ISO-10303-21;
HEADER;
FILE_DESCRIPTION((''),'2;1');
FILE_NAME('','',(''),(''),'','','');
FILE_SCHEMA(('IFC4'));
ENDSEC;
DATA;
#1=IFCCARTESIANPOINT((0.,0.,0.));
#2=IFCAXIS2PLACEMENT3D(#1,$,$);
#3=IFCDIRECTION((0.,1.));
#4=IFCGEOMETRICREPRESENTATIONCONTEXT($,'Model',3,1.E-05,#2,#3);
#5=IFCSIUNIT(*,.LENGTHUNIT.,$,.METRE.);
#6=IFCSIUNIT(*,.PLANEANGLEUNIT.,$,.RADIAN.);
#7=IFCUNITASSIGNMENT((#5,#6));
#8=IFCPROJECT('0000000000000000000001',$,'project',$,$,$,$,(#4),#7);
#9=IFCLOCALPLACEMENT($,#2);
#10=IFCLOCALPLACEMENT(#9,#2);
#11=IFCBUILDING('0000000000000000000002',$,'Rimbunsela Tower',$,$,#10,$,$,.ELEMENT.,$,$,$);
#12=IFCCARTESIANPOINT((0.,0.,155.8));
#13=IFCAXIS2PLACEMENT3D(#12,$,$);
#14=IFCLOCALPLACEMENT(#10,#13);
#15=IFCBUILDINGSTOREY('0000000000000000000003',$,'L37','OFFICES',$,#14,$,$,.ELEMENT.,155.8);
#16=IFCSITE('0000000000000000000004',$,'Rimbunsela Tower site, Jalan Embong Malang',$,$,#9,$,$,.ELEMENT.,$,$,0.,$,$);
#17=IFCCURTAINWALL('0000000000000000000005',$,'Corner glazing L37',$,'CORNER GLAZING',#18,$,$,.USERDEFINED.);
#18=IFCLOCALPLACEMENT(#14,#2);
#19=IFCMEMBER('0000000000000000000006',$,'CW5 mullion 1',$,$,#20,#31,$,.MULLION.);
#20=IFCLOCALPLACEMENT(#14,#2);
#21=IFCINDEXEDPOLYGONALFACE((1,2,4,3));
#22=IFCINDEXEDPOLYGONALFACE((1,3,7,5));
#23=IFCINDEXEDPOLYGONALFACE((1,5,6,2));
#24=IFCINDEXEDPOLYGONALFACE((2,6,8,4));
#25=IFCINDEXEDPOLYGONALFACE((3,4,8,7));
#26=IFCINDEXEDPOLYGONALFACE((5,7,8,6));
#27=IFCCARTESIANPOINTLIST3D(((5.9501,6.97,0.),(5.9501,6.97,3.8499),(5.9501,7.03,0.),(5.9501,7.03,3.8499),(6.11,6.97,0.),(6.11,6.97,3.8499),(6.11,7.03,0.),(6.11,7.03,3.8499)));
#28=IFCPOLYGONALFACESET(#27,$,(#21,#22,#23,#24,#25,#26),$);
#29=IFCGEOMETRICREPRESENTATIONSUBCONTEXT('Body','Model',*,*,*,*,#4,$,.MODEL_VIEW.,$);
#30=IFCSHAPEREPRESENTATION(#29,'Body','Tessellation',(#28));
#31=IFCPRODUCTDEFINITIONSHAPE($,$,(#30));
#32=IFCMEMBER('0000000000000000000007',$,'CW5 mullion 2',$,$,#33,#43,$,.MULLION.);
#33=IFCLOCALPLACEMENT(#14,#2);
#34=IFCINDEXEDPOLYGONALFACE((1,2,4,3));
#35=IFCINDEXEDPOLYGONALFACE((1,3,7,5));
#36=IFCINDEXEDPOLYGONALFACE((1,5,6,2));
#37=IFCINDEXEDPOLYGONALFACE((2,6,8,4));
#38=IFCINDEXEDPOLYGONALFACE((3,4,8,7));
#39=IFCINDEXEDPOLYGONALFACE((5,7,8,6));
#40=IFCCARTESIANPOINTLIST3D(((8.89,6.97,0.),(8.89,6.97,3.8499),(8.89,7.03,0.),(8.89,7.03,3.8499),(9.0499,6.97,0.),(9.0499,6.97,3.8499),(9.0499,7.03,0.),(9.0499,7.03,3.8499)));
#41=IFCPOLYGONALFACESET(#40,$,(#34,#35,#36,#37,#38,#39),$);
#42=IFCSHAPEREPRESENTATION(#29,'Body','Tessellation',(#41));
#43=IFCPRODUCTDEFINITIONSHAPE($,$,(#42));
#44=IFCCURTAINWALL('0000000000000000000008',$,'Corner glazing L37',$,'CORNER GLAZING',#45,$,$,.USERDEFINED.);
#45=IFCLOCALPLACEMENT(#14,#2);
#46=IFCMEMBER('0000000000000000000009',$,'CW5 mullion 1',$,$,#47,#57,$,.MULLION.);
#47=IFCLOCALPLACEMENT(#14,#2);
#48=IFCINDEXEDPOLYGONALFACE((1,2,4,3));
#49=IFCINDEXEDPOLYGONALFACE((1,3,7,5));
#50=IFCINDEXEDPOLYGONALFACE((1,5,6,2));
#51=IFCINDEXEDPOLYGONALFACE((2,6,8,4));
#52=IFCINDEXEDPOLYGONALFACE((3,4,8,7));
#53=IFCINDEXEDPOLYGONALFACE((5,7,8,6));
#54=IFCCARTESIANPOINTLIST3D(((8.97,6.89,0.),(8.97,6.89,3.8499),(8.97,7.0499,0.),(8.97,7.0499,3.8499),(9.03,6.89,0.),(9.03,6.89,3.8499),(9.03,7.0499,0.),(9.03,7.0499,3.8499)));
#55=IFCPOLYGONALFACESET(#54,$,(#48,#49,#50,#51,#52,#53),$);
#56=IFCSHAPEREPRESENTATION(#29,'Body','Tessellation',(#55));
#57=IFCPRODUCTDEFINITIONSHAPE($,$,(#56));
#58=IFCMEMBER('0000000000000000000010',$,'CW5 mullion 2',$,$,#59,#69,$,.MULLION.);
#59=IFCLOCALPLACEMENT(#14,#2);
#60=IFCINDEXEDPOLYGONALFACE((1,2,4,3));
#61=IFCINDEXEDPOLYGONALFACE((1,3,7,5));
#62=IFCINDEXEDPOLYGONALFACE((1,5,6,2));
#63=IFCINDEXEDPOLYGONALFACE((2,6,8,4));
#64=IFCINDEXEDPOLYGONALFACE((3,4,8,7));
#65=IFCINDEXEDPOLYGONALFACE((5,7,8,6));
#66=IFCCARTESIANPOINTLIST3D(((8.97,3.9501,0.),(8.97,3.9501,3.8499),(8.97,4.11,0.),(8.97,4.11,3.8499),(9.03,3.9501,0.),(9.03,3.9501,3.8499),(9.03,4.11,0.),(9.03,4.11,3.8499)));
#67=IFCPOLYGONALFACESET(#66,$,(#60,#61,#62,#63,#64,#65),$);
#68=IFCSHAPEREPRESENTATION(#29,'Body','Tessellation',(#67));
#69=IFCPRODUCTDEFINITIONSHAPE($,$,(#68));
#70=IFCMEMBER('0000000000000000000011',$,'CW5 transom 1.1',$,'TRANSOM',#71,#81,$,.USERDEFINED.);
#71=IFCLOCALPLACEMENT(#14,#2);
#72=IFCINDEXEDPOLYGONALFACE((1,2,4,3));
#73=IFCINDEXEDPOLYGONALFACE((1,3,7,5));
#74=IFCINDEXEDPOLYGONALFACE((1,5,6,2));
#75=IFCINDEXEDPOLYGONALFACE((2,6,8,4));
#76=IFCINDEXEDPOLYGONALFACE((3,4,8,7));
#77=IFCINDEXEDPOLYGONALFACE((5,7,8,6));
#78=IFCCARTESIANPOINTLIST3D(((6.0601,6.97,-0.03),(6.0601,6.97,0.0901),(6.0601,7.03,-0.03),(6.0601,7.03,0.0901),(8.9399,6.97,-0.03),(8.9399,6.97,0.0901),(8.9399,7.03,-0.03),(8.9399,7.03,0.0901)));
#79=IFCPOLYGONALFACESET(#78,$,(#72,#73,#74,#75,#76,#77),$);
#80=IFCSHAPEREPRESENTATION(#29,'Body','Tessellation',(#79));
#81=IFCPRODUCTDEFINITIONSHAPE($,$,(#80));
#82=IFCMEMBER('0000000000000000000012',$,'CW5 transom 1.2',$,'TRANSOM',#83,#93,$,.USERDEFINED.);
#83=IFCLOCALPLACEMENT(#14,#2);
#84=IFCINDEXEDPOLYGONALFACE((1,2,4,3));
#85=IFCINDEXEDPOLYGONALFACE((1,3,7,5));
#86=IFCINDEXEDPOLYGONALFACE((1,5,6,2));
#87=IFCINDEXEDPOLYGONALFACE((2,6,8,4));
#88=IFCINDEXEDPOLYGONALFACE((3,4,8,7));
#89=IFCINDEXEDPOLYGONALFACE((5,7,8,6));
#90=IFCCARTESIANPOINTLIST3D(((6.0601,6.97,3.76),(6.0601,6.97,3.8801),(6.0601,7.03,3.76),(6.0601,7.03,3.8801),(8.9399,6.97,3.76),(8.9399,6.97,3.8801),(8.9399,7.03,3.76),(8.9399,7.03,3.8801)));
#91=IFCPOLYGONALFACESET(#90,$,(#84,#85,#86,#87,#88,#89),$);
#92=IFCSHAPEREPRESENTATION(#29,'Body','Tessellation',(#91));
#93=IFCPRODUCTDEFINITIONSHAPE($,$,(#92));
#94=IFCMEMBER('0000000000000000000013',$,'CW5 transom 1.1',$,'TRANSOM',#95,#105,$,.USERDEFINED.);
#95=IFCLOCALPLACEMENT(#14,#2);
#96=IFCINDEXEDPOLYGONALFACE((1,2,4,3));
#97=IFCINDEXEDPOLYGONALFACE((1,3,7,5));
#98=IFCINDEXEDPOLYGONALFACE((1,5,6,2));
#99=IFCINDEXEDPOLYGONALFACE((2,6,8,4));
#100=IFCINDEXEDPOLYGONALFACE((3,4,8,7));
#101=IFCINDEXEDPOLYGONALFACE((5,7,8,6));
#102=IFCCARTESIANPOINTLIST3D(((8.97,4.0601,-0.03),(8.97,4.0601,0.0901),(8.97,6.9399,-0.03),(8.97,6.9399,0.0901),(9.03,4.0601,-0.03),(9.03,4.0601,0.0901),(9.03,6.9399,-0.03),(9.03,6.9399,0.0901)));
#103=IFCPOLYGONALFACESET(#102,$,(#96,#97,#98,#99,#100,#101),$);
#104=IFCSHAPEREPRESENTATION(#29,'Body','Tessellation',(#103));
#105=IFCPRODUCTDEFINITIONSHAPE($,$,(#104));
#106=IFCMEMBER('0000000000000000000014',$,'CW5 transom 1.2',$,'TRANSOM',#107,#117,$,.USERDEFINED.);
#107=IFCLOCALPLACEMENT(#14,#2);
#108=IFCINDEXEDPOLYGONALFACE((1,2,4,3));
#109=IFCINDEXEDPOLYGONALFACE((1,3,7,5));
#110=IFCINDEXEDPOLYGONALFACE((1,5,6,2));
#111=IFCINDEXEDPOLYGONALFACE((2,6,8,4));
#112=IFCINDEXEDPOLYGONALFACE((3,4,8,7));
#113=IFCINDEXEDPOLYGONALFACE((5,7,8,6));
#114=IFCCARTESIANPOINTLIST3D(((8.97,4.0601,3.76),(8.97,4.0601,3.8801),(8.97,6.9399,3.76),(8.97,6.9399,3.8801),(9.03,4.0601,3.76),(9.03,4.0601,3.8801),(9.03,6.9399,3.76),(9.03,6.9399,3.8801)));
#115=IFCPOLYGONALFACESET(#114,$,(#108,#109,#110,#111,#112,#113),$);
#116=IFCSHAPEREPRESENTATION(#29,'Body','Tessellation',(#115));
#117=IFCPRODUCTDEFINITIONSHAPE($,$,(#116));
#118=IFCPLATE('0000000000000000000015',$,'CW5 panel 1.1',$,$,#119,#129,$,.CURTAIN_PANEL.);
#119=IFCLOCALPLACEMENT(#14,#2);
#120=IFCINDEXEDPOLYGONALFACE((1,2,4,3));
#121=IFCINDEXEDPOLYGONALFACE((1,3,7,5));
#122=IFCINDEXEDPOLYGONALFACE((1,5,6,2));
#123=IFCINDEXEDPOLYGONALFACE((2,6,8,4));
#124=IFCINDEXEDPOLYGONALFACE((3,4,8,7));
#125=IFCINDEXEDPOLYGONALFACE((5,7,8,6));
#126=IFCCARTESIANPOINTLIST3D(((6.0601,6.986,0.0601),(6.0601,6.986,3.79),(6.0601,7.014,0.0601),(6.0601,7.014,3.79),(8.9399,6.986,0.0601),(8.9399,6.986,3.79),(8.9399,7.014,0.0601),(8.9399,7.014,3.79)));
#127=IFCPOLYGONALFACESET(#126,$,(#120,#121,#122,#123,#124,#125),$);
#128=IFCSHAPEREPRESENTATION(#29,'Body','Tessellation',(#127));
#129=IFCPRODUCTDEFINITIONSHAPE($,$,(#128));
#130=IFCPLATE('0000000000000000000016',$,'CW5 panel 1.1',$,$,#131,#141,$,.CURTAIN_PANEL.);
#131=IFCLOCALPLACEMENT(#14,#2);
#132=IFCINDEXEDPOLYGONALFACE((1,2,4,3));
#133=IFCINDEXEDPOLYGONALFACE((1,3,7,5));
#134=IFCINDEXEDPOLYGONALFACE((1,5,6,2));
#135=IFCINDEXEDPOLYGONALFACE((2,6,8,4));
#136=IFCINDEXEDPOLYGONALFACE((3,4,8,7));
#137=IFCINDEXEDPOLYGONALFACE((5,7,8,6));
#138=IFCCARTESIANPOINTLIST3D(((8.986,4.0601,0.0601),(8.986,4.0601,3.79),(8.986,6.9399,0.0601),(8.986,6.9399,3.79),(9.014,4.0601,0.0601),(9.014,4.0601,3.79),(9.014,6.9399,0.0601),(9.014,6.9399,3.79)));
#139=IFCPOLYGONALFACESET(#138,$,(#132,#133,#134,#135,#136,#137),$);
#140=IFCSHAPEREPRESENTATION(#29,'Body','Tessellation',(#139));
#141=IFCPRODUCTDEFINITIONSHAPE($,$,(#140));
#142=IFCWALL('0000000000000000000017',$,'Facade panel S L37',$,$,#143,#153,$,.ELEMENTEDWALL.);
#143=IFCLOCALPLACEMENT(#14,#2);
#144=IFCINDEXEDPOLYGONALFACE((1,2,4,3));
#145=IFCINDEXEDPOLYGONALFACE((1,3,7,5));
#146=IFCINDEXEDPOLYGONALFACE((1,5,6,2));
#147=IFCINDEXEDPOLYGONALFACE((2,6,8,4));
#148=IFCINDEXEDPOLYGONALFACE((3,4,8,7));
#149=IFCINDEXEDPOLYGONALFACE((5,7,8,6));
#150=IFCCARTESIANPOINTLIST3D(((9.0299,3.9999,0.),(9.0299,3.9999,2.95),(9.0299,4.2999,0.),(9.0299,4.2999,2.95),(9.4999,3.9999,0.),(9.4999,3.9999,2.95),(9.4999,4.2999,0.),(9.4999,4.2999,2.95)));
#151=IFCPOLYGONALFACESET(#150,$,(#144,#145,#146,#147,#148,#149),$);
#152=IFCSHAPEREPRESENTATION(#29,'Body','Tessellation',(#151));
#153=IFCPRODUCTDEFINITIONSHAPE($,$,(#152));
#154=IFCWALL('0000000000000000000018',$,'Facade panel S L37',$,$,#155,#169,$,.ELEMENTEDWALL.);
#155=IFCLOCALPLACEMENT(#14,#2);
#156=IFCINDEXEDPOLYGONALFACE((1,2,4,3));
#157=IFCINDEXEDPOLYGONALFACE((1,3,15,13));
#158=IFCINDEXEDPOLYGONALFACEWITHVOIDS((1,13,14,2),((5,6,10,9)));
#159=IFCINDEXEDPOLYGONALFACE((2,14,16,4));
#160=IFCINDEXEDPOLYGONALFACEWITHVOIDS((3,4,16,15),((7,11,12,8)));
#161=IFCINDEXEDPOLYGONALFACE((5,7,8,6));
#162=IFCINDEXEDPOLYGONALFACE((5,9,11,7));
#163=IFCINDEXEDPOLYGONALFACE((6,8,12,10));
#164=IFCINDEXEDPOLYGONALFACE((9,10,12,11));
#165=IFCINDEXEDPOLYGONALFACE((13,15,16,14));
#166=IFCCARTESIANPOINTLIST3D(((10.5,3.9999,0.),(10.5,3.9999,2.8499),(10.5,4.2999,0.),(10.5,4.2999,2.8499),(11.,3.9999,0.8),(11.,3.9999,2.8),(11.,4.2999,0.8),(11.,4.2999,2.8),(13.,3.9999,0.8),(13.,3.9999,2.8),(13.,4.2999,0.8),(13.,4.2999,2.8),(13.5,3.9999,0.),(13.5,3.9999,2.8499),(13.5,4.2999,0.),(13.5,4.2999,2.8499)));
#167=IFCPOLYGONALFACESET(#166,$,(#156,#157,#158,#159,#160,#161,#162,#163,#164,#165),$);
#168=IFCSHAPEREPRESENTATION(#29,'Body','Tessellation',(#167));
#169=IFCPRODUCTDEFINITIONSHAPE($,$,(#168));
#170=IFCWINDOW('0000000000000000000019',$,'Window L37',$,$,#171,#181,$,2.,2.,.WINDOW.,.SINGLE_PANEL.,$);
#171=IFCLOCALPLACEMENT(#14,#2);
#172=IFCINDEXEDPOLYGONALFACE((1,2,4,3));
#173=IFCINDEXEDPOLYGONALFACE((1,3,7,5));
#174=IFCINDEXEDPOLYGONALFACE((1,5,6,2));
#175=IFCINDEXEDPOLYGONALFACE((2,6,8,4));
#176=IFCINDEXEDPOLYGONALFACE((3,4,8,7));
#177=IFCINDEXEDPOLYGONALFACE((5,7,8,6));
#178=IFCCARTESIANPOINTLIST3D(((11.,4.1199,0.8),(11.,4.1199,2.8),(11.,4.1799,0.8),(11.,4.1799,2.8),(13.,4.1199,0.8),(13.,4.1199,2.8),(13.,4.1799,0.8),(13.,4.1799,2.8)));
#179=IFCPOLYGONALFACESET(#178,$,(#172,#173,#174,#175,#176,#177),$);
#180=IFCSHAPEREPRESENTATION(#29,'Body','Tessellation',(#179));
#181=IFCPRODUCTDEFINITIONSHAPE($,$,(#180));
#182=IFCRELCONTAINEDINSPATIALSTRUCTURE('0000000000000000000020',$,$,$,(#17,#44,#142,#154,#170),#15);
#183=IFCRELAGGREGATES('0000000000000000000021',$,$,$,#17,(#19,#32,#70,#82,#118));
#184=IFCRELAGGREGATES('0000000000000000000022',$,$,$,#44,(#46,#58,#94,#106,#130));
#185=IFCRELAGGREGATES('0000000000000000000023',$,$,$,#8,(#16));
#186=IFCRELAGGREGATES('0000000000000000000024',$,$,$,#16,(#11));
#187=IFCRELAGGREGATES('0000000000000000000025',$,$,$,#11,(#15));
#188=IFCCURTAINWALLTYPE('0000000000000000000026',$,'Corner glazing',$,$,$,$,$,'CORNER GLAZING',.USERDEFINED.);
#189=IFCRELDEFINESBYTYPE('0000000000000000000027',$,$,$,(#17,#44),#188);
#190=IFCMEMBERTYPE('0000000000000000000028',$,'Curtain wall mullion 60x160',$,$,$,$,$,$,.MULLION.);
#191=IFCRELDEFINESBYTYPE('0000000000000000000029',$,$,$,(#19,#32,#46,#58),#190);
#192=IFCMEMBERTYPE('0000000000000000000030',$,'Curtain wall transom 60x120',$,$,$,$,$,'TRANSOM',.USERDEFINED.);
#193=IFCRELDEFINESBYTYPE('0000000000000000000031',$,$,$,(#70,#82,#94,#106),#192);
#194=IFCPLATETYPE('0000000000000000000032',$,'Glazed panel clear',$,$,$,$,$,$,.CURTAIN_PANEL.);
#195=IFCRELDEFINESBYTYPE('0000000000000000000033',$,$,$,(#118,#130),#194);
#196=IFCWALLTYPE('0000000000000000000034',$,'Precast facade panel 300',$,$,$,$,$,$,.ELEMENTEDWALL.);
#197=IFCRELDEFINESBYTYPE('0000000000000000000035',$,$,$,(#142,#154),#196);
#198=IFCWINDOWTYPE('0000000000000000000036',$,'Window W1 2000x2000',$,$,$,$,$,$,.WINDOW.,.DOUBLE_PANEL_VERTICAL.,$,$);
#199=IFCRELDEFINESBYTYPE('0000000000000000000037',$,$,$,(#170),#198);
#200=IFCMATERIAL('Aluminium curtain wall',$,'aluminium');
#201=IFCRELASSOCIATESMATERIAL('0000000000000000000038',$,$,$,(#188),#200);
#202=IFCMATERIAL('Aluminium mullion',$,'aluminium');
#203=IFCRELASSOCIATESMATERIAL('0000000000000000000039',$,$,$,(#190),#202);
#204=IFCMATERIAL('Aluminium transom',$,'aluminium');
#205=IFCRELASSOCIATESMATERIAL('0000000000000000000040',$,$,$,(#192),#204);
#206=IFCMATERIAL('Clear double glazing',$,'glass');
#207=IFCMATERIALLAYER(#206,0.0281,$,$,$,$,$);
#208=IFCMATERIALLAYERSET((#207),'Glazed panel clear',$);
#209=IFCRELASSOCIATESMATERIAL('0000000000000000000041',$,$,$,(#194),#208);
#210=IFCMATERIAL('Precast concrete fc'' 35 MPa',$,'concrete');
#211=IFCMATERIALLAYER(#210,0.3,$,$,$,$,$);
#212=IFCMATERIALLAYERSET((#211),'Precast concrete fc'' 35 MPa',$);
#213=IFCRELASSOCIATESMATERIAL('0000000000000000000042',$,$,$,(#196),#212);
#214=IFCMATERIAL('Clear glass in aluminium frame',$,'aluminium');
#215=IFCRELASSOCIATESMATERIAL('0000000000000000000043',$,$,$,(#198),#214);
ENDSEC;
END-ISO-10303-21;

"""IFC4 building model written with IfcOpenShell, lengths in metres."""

from ifc_helpers import new_model, si_unit, direction, frame, frame_2d, origin, origin_2d, place, context, subcontext, project, spatial, rectangle, extrude, material, layer, layer_set, material_profile, profile_set, type_object, element, fill, aggregate, save


model = new_model("IFC4")

# Units and contexts
model_context = context("Model", 3, precision=1e-05, world=origin(), true_north=direction((0.0, 1.0)))
body_context = subcontext(model_context, "Body", "Model", "MODEL_VIEW")
ifc_project = project(units=[si_unit("LENGTHUNIT", "METRE"), si_unit("PLANEANGLEUNIT", "RADIAN")], contexts=[model_context])

# Site, building, storey
site_placement = place(None, origin())
site = spatial("IfcSite", under=ifc_project, at=site_placement, Name="Rimbunsela Tower site, Jalan Embong Malang", CompositionType="ELEMENT", RefElevation=0.0)
building_placement = place(site_placement, origin())
building = spatial("IfcBuilding", under=site, at=building_placement, Name="Rimbunsela Tower", CompositionType="ELEMENT")
storey_placement = place(building_placement, frame((0.0, 0.0, 155.8)))
storey = spatial("IfcBuildingStorey", under=building, at=storey_placement, Name="L37", Description="OFFICES", CompositionType="ELEMENT", Elevation=155.8)

# Curtain walls, members
ifc_material_1 = material(Name="Aluminium curtain wall", Category="aluminium")
curtain_wall_type = type_object("IfcCurtainWallType", Name="Corner glazing", ElementType="CORNER GLAZING", PredefinedType="USERDEFINED", material=ifc_material_1)
curtain_wall_1_placement = place(storey_placement, origin())
curtain_wall_1 = element("IfcCurtainWall", 1, at=curtain_wall_1_placement, inside=storey, type_object=curtain_wall_type, Name="Corner glazing L37", ObjectType="CORNER GLAZING", PredefinedType="USERDEFINED")
ifc_material_2 = material(Name="Aluminium mullion", Category="aluminium")
ifc_material_profile_1 = material_profile(ifc_material_2, rectangle(XDim=0.0601, YDim=0.1599, at=origin_2d()), Name="Mullion 60x160")
ifc_profile_set_1 = profile_set([ifc_material_profile_1], Name="Aluminium mullion")
member_type_1 = type_object("IfcMemberType", Name="Curtain wall mullion 60x160", PredefinedType="MULLION", material=ifc_profile_set_1)
member_1_placement = place(storey_placement, frame((6.03, 7.0, 0.0), z_axis=(0.0, 0.0, 1.0), x_axis=(0.0, 1.0, 0.0)))
member_1 = element("IfcMember", 2, at=member_1_placement, type_object=member_type_1, Name="CW5 mullion 1", PredefinedType="MULLION", context=body_context, shape_type="SweptSolid", body=[
    extrude(rectangle(XDim=0.0601, YDim=0.1599, at=origin_2d()), origin(), (0.0, 0.0, 1.0), 3.8499),
])
member_2_placement = place(storey_placement, frame((8.97, 7.0, 0.0), z_axis=(0.0, 0.0, 1.0), x_axis=(0.0, 1.0, 0.0)))
member_2 = element("IfcMember", 3, at=member_2_placement, type_object=member_type_1, Name="CW5 mullion 2", PredefinedType="MULLION", context=body_context, shape_type="SweptSolid", body=[
    extrude(rectangle(XDim=0.0601, YDim=0.1599, at=origin_2d()), origin(), (0.0, 0.0, 1.0), 3.8499),
])
curtain_wall_2_placement = place(storey_placement, origin())
curtain_wall_2 = element("IfcCurtainWall", 4, at=curtain_wall_2_placement, inside=storey, type_object=curtain_wall_type, Name="Corner glazing L37", ObjectType="CORNER GLAZING", PredefinedType="USERDEFINED")
member_3_placement = place(storey_placement, frame((9.0, 6.97, 0.0), z_axis=(0.0, 0.0, 1.0), x_axis=(1.0, 0.0, 0.0)))
member_3 = element("IfcMember", 5, at=member_3_placement, type_object=member_type_1, Name="CW5 mullion 1", PredefinedType="MULLION", context=body_context, shape_type="SweptSolid", body=[
    extrude(rectangle(XDim=0.0601, YDim=0.1599, at=origin_2d()), origin(), (0.0, 0.0, 1.0), 3.8499),
])
member_4_placement = place(storey_placement, frame((9.0, 4.03, 0.0), z_axis=(0.0, 0.0, 1.0), x_axis=(1.0, 0.0, 0.0)))
member_4 = element("IfcMember", 6, at=member_4_placement, type_object=member_type_1, Name="CW5 mullion 2", PredefinedType="MULLION", context=body_context, shape_type="SweptSolid", body=[
    extrude(rectangle(XDim=0.0601, YDim=0.1599, at=origin_2d()), origin(), (0.0, 0.0, 1.0), 3.8499),
])

# Members
ifc_material_3 = material(Name="Aluminium transom", Category="aluminium")
ifc_material_profile_2 = material_profile(ifc_material_3, rectangle(XDim=0.0601, YDim=0.1201, at=origin_2d()), Name="Transom 60x120")
ifc_profile_set_2 = profile_set([ifc_material_profile_2], Name="Aluminium transom")
member_type_2 = type_object("IfcMemberType", Name="Curtain wall transom 60x120", ElementType="TRANSOM", PredefinedType="USERDEFINED", material=ifc_profile_set_2)
member_5_placement = place(storey_placement, frame((6.0601, 7.0, 0.03), z_axis=(1.0, 0.0, 0.0), x_axis=(0.0, 1.0, 0.0)))
member_5 = element("IfcMember", 7, at=member_5_placement, type_object=member_type_2, Name="CW5 transom 1.1", ObjectType="TRANSOM", PredefinedType="USERDEFINED", context=body_context, shape_type="SweptSolid", body=[
    extrude(rectangle(XDim=0.0601, YDim=0.1201, at=origin_2d()), origin(), (0.0, 0.0, 1.0), 2.8799),
])
member_6_placement = place(storey_placement, frame((6.0601, 7.0, 3.8201), z_axis=(1.0, 0.0, 0.0), x_axis=(0.0, 1.0, 0.0)))
member_6 = element("IfcMember", 8, at=member_6_placement, type_object=member_type_2, Name="CW5 transom 1.2", ObjectType="TRANSOM", PredefinedType="USERDEFINED", context=body_context, shape_type="SweptSolid", body=[
    extrude(rectangle(XDim=0.0601, YDim=0.1201, at=origin_2d()), origin(), (0.0, 0.0, 1.0), 2.8799),
])
member_7_placement = place(storey_placement, frame((9.0, 6.9399, 0.03), z_axis=(0.0, -1.0, 0.0), x_axis=(1.0, 0.0, 0.0)))
member_7 = element("IfcMember", 9, at=member_7_placement, type_object=member_type_2, Name="CW5 transom 1.1", ObjectType="TRANSOM", PredefinedType="USERDEFINED", context=body_context, shape_type="SweptSolid", body=[
    extrude(rectangle(XDim=0.0601, YDim=0.1201, at=origin_2d()), origin(), (0.0, 0.0, 1.0), 2.8799),
])
member_8_placement = place(storey_placement, frame((9.0, 6.9399, 3.8201), z_axis=(0.0, -1.0, 0.0), x_axis=(1.0, 0.0, 0.0)))
member_8 = element("IfcMember", 10, at=member_8_placement, type_object=member_type_2, Name="CW5 transom 1.2", ObjectType="TRANSOM", PredefinedType="USERDEFINED", context=body_context, shape_type="SweptSolid", body=[
    extrude(rectangle(XDim=0.0601, YDim=0.1201, at=origin_2d()), origin(), (0.0, 0.0, 1.0), 2.8799),
])

# Plates
ifc_material_4 = material(Name="Clear double glazing", Category="glass")
ifc_layer_1 = layer(ifc_material_4, 0.0281)
ifc_layer_set_1 = layer_set([ifc_layer_1], Name="Glazed panel clear")
plate_type = type_object("IfcPlateType", Name="Glazed panel clear", PredefinedType="CURTAIN_PANEL", material=ifc_layer_set_1)
plate_1_placement = place(storey_placement, frame((7.5, 7.0, 0.0601), z_axis=(0.0, 0.0, 1.0), x_axis=(1.0, 0.0, 0.0)))
plate_1 = element("IfcPlate", 11, at=plate_1_placement, type_object=plate_type, Name="CW5 panel 1.1", PredefinedType="CURTAIN_PANEL", context=body_context, shape_type="SweptSolid", body=[
    extrude(rectangle(XDim=2.8799, YDim=0.0281, at=origin_2d()), origin(), (0.0, 0.0, 1.0), 3.73),
])
aggregate(curtain_wall_1, [member_1, member_2, member_5, member_6, plate_1])
plate_2_placement = place(storey_placement, frame((9.0, 5.5, 0.0601), z_axis=(0.0, 0.0, 1.0), x_axis=(0.0, -1.0, 0.0)))
plate_2 = element("IfcPlate", 12, at=plate_2_placement, type_object=plate_type, Name="CW5 panel 1.1", PredefinedType="CURTAIN_PANEL", context=body_context, shape_type="SweptSolid", body=[
    extrude(rectangle(XDim=2.8799, YDim=0.0281, at=origin_2d()), origin(), (0.0, 0.0, 1.0), 3.73),
])
aggregate(curtain_wall_2, [member_3, member_4, member_7, member_8, plate_2])

# Wall
ifc_material_5 = material(Name="Precast concrete fc' 35 MPa", Category="concrete")
ifc_layer_2 = layer(ifc_material_5, 0.3)
ifc_layer_set_2 = layer_set([ifc_layer_2], Name="Precast concrete fc' 35 MPa")
wall_type = type_object("IfcWallType", Name="Precast facade panel 300", PredefinedType="ELEMENTEDWALL", material=ifc_layer_set_2)
wall_1_placement = place(storey_placement, frame((9.03, 4.1499, 0.0), z_axis=(0.0, 0.0, 1.0), x_axis=(1.0, 0.0, 0.0)))
element("IfcWall", 13, at=wall_1_placement, inside=storey, type_object=wall_type, Name="Facade panel S L37", PredefinedType="ELEMENTEDWALL", context=body_context, shape_type="SweptSolid", body=[
    extrude(rectangle(XDim=0.47, YDim=0.3, at=frame_2d((0.2349, 0.0))), origin(), (0.0, 0.0, 1.0), 2.95),
])

# Wall, opening, window
wall_2_placement = place(storey_placement, frame((10.5, 4.1499, 0.0), z_axis=(0.0, 0.0, 1.0), x_axis=(1.0, 0.0, 0.0)))
wall_2 = element("IfcWall", 14, at=wall_2_placement, inside=storey, type_object=wall_type, Name="Facade panel S L37", PredefinedType="ELEMENTEDWALL", context=body_context, shape_type="SweptSolid", body=[
    extrude(rectangle(XDim=3.0, YDim=0.3, at=frame_2d((1.5, 0.0))), origin(), (0.0, 0.0, 1.0), 2.8499),
])
opening_1_placement = place(wall_2_placement, frame((0.5, 0.0, 0.8)))
opening_1 = element("IfcOpeningElement", 15, at=opening_1_placement, cuts=wall_2, PredefinedType="OPENING", context=body_context, shape_type="SweptSolid", body=[
    extrude(rectangle(XDim=2.0, YDim=2.0, at=frame_2d((1.0, 1.0))), frame((0.0, 0.1599, 0.0), z_axis=(0.0, -1.0, 0.0), x_axis=(1.0, 0.0, 0.0)), (0.0, 0.0, 1.0), 0.3201),
])
ifc_material_6 = material(Name="Clear glass in aluminium frame", Category="aluminium")
window_type = type_object("IfcWindowType", Name="Window W1 2000x2000", PartitioningType="DOUBLE_PANEL_VERTICAL", PredefinedType="WINDOW", material=ifc_material_6)
window_1_placement = place(opening_1_placement, origin())
window_1 = element("IfcWindow", 16, at=window_1_placement, inside=storey, type_object=window_type, Name="Window L37", OverallHeight=2.0, OverallWidth=2.0, PartitioningType="SINGLE_PANEL", PredefinedType="WINDOW", context=body_context, shape_type="SweptSolid", body=[
    extrude(rectangle(XDim=2.0, YDim=2.0, at=frame_2d((1.0, 1.0))), frame((0.0, 0.03, 0.0), z_axis=(0.0, -1.0, 0.0), x_axis=(1.0, 0.0, 0.0)), (0.0, 0.0, 1.0), 0.0601),
])
fill(opening_1, window_1)

save(model, "model.ifc")
